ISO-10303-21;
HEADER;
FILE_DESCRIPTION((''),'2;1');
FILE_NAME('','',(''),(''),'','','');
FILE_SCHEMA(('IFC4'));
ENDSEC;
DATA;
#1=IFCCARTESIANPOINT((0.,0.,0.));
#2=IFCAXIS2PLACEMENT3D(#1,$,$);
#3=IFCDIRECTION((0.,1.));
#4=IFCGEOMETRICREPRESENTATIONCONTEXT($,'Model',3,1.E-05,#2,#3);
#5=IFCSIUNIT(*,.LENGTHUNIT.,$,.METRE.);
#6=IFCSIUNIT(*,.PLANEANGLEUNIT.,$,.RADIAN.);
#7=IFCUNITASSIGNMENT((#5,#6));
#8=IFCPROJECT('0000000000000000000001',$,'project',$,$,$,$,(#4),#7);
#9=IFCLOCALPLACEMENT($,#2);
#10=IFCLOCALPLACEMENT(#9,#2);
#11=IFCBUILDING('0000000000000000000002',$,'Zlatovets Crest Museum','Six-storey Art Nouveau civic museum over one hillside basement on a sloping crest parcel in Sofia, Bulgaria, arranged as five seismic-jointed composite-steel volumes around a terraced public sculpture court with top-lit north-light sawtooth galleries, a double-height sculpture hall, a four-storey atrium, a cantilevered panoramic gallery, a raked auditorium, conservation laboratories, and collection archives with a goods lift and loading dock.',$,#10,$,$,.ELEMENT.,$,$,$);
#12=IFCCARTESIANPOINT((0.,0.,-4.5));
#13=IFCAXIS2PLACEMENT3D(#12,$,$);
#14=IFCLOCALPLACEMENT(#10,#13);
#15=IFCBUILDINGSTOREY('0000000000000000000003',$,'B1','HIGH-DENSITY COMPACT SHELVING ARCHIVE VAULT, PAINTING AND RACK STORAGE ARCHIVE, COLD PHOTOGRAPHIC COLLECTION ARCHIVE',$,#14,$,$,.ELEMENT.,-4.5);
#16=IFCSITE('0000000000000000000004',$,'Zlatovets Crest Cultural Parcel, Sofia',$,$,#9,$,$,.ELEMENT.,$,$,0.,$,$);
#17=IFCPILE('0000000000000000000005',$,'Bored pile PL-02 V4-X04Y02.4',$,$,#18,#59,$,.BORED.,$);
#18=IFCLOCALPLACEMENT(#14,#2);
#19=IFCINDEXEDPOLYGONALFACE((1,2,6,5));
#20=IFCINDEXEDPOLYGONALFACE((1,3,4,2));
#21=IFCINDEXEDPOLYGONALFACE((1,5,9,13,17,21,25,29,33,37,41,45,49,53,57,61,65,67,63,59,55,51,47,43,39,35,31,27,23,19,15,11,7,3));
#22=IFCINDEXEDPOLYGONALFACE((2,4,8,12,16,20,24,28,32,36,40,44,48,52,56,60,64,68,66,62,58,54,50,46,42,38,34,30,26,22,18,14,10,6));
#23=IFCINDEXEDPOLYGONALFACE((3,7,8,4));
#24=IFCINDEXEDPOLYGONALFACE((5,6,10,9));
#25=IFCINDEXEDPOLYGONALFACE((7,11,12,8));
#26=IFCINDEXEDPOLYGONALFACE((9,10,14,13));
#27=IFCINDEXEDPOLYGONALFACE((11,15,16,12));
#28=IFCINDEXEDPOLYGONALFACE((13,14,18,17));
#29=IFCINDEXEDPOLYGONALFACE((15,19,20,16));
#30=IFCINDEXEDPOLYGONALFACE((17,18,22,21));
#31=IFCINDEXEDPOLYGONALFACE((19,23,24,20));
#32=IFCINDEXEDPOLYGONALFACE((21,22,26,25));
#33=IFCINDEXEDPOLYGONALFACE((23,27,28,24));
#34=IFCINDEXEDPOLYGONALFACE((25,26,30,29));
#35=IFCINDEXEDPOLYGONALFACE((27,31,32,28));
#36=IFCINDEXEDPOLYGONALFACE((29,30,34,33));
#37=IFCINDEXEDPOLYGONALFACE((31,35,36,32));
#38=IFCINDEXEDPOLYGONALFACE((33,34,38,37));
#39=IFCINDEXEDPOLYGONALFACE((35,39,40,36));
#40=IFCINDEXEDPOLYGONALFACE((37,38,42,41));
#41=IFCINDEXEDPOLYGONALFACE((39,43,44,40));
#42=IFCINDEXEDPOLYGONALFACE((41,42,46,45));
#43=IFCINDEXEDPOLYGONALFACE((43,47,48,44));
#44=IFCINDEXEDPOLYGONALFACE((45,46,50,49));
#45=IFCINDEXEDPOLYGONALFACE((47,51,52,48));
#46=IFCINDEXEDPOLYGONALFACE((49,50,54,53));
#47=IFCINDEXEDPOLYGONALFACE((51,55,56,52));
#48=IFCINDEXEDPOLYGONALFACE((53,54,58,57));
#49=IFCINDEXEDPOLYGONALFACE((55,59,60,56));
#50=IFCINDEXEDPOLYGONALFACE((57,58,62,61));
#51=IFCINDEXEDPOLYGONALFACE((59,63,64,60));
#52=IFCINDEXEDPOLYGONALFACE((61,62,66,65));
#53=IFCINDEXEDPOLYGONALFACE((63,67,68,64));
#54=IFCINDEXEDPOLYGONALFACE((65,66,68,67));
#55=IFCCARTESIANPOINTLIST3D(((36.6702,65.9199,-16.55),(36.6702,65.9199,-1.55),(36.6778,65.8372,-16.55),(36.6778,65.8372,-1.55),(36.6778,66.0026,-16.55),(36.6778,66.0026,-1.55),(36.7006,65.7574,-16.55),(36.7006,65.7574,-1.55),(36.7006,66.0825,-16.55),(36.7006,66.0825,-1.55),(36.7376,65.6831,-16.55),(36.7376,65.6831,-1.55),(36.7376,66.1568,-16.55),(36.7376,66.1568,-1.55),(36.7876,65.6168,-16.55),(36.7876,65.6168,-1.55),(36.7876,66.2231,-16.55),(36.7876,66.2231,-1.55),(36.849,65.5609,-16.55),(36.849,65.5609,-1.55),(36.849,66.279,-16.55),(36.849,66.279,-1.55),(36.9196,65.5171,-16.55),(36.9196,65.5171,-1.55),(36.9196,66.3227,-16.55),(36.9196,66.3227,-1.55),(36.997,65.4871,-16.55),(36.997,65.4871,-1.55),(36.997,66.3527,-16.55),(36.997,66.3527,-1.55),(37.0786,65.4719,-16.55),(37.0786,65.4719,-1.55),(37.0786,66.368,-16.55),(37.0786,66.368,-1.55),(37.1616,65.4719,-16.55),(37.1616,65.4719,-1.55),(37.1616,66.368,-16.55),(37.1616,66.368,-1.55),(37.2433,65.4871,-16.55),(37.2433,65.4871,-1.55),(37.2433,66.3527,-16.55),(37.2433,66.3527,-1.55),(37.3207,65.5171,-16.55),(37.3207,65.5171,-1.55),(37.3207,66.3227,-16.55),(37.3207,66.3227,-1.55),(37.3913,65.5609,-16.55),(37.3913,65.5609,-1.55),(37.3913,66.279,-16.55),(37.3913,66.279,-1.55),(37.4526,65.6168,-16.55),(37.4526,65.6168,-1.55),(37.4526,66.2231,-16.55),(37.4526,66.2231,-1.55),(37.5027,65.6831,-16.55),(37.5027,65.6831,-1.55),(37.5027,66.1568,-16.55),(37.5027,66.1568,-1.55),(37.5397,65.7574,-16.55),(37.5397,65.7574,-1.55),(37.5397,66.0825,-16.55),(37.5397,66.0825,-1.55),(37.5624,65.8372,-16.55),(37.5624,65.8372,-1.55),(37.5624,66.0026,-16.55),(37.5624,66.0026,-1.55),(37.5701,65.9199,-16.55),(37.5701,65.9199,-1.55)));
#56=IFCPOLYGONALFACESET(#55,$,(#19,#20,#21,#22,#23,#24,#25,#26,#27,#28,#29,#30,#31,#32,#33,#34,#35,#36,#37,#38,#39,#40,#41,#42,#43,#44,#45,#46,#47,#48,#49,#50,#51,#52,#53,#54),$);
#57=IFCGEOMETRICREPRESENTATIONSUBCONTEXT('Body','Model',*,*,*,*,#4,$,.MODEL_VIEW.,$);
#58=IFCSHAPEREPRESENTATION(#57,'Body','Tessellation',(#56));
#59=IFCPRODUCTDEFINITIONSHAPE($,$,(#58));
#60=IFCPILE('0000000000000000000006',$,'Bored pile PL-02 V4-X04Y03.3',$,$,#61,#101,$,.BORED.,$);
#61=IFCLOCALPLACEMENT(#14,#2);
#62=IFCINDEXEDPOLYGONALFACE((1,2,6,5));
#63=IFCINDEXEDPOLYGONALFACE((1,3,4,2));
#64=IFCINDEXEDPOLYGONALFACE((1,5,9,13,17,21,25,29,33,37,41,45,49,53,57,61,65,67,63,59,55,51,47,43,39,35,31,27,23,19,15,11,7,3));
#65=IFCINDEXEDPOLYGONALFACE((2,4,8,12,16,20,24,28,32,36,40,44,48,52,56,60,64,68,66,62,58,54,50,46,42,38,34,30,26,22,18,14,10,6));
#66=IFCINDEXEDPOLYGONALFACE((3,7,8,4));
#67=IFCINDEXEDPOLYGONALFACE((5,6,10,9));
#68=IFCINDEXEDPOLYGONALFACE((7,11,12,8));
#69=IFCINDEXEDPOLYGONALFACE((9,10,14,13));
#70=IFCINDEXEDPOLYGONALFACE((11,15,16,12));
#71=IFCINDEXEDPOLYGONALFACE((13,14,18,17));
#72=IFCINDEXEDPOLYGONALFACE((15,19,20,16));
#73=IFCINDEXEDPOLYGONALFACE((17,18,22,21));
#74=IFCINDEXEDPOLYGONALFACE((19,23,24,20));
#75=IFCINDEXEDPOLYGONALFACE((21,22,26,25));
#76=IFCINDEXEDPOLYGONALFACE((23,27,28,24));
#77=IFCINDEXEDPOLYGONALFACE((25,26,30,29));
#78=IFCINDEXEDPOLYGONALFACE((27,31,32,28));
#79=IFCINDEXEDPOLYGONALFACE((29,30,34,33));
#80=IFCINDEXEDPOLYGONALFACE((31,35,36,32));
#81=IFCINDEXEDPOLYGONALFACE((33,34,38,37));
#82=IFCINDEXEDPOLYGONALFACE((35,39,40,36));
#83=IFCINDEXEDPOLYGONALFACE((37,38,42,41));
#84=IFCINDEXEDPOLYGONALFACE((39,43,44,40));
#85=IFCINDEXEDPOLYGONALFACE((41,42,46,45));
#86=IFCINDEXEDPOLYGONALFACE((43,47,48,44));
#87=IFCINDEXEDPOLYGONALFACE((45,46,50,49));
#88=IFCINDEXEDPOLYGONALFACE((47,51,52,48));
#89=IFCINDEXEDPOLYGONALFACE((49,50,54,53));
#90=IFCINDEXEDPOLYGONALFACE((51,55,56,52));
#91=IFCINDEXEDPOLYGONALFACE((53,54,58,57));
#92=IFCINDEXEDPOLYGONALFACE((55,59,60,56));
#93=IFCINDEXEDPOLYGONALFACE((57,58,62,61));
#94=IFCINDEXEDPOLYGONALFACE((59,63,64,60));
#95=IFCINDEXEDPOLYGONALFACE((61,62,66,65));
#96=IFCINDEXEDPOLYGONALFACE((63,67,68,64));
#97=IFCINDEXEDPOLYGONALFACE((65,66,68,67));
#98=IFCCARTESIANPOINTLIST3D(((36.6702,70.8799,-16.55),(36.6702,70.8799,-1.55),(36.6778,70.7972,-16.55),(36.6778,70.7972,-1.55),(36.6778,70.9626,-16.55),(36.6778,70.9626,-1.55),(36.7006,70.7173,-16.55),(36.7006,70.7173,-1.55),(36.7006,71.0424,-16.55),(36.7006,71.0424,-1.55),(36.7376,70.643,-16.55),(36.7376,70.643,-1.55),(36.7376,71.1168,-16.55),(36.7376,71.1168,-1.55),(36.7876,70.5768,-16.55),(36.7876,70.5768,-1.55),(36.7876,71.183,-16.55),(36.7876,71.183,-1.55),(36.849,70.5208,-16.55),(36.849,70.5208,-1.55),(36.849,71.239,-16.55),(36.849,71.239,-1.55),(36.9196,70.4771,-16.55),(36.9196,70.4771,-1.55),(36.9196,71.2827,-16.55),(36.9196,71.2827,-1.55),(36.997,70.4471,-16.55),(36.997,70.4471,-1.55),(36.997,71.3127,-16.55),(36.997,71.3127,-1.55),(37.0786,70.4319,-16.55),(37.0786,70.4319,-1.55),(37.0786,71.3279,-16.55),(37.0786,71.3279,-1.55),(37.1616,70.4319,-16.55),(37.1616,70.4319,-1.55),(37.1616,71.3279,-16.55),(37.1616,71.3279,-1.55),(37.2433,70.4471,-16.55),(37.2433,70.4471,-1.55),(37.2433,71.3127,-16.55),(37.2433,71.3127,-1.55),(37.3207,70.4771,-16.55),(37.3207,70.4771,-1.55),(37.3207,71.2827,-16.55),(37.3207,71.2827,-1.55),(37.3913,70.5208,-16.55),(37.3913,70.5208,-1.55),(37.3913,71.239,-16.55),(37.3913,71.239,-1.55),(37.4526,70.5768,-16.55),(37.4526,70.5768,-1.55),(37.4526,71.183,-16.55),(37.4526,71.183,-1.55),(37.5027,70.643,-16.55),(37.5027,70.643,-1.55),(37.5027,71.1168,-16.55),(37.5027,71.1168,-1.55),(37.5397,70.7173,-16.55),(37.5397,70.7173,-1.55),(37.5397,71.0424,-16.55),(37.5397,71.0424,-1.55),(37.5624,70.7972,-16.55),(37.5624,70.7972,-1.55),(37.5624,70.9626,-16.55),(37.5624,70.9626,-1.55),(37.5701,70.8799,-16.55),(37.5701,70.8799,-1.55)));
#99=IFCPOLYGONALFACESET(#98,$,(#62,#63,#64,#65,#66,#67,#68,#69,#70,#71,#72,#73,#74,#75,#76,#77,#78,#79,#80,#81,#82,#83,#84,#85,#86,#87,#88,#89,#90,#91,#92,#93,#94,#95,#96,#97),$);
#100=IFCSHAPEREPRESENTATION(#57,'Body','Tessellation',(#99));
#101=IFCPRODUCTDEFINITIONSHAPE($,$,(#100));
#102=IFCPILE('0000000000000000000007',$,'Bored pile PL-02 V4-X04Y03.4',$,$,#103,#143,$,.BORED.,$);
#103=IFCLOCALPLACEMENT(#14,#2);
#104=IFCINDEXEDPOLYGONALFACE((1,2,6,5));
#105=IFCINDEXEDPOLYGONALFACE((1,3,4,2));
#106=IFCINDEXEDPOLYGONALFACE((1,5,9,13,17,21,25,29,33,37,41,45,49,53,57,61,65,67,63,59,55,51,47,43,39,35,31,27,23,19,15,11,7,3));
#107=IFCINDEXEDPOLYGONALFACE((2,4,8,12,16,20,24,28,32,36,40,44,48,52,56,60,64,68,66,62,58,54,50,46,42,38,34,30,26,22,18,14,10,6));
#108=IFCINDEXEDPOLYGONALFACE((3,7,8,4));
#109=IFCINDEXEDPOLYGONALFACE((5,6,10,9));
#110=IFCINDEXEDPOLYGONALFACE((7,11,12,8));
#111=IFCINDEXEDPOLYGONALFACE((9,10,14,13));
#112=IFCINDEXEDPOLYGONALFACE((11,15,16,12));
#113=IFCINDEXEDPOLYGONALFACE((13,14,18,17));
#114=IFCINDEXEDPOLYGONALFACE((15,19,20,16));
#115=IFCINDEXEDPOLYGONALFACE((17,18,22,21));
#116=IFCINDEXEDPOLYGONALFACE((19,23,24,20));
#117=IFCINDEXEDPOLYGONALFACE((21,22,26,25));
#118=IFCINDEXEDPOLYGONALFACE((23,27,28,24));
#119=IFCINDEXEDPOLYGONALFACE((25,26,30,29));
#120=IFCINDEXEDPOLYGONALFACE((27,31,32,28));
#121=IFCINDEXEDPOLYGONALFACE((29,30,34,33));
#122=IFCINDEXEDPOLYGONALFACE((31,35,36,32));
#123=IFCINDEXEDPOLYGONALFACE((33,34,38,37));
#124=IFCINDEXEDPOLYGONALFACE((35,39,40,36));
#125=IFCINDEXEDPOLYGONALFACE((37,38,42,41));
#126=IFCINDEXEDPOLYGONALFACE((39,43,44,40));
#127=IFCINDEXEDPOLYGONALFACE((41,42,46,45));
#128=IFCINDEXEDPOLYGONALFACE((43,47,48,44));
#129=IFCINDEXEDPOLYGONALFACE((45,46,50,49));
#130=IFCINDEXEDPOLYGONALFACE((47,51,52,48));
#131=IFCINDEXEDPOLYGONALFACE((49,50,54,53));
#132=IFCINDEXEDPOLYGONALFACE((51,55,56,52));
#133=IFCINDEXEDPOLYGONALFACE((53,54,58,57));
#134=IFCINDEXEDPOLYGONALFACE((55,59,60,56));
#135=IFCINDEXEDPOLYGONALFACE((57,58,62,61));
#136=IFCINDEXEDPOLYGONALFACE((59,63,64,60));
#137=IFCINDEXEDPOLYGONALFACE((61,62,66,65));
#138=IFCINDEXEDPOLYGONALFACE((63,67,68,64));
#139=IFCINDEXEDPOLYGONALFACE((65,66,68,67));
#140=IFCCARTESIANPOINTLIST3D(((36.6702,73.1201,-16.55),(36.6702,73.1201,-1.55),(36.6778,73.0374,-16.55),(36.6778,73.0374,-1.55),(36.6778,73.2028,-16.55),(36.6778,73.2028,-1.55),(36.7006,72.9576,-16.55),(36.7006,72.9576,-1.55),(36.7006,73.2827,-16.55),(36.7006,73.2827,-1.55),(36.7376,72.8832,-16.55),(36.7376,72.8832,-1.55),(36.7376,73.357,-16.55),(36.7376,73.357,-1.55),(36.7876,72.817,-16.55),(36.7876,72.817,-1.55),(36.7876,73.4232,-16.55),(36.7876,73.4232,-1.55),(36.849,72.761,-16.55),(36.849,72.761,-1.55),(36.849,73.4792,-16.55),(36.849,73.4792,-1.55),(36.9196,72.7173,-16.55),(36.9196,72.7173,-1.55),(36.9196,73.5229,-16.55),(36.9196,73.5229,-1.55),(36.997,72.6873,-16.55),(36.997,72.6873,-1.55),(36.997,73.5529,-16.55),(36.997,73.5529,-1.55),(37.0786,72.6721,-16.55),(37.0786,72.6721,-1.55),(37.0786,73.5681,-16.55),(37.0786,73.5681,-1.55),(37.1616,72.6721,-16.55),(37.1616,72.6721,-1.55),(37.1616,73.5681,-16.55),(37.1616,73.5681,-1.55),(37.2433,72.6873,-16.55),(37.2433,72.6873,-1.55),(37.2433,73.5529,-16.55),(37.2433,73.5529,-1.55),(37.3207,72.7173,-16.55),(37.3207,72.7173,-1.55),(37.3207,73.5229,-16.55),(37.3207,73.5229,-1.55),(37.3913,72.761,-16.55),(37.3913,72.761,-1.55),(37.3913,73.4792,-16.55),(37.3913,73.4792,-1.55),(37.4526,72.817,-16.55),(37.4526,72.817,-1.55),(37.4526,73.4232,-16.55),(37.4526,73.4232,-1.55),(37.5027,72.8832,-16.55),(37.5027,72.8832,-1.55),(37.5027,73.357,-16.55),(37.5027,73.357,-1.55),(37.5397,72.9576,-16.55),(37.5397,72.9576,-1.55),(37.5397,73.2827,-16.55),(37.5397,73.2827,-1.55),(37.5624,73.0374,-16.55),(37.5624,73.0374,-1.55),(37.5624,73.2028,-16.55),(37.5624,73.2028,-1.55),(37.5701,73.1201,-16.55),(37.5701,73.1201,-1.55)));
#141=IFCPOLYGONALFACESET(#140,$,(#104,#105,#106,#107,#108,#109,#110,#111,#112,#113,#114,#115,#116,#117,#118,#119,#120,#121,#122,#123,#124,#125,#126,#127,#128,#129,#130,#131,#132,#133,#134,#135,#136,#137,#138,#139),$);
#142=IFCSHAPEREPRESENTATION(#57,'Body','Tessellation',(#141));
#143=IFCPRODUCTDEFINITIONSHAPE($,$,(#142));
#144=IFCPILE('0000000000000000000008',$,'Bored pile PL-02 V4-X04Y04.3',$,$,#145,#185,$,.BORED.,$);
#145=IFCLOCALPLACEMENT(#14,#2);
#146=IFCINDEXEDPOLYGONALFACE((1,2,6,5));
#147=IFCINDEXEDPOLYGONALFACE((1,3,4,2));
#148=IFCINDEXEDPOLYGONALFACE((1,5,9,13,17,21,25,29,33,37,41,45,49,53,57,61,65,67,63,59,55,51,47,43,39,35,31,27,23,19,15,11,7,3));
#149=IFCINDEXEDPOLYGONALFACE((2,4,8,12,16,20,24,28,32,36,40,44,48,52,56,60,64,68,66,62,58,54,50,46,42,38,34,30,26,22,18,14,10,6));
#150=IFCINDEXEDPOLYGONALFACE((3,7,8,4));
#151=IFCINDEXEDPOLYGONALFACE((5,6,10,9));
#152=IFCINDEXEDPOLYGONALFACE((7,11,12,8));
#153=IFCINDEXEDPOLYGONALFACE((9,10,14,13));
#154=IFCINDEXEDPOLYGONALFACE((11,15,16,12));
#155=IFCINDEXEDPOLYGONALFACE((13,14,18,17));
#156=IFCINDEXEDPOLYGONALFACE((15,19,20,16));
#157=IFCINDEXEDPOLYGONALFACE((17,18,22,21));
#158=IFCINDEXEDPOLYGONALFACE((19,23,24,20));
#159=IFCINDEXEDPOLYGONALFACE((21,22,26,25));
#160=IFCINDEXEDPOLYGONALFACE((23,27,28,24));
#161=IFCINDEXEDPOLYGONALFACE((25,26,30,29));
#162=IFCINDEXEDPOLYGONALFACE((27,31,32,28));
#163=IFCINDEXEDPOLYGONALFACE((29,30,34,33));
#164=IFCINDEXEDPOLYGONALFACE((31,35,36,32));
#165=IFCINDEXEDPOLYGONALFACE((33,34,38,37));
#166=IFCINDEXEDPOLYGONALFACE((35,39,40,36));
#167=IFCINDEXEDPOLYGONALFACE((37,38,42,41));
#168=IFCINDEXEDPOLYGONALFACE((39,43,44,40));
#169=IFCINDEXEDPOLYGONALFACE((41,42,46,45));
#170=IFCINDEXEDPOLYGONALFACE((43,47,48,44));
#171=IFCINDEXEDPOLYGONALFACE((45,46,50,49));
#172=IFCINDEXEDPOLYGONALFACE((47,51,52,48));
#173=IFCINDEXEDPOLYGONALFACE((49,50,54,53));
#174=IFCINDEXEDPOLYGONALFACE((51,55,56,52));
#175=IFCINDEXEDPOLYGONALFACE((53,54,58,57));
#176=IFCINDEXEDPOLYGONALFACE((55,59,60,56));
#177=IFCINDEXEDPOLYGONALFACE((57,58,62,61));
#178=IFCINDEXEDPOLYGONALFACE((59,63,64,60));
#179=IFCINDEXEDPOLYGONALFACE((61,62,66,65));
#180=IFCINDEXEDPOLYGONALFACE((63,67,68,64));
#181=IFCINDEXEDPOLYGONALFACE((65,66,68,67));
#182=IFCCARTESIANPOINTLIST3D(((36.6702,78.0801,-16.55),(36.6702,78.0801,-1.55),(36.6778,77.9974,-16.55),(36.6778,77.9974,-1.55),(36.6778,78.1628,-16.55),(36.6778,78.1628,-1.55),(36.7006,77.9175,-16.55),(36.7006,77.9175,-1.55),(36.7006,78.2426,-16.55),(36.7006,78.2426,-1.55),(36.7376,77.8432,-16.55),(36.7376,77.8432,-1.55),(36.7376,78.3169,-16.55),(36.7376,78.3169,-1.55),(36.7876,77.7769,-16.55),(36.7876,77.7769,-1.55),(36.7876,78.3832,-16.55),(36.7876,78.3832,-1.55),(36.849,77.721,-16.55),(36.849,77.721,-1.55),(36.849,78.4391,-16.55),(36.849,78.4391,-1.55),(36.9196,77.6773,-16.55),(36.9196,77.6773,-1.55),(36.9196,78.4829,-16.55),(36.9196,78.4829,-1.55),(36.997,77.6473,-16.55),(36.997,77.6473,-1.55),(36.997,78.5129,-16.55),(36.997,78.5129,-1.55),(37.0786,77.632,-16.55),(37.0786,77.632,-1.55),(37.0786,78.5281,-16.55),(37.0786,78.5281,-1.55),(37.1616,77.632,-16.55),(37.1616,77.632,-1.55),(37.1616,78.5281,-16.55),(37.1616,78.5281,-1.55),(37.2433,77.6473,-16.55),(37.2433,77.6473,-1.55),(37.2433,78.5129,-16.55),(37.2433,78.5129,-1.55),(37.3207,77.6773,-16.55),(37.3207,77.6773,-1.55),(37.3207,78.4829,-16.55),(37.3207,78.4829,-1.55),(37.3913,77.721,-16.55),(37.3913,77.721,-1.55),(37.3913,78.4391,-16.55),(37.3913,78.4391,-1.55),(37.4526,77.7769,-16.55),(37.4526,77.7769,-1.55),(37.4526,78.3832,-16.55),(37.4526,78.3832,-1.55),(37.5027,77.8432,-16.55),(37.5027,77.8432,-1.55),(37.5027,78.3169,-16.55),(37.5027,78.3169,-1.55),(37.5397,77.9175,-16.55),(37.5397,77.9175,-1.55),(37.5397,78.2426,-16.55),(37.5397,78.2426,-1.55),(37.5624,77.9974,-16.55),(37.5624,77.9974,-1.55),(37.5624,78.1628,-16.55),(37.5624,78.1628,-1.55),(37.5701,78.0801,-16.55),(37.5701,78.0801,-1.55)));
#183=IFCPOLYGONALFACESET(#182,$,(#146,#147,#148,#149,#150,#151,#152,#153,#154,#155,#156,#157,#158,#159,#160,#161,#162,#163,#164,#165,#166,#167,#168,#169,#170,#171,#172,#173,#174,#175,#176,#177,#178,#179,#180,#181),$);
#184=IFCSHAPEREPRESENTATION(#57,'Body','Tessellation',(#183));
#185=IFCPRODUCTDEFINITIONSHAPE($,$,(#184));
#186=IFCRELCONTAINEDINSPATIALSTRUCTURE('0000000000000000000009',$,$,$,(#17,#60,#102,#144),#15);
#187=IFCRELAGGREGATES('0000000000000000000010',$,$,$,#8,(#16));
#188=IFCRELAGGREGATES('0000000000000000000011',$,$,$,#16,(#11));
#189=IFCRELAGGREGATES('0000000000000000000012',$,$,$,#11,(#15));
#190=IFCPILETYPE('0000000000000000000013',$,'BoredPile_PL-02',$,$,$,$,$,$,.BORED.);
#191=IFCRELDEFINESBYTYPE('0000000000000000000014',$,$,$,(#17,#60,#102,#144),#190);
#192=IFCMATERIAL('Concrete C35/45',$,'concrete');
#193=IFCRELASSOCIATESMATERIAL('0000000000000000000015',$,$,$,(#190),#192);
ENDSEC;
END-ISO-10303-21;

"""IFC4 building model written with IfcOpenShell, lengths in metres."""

from ifc_helpers import new_model, si_unit, direction, frame, origin, origin_2d, place, context, subcontext, project, spatial, circle, extrude, material, material_profile, profile_set, type_object, element, save


model = new_model("IFC4")

# Units and contexts
model_context = context("Model", 3, precision=1e-05, world=origin(), true_north=direction((0.0, 1.0)))
body_context = subcontext(model_context, "Body", "Model", "MODEL_VIEW")
ifc_project = project(units=[si_unit("LENGTHUNIT", "METRE"), si_unit("PLANEANGLEUNIT", "RADIAN")], contexts=[model_context])

# Site, building, storey
site_placement = place(None, origin())
site = spatial("IfcSite", under=ifc_project, at=site_placement, Name="Zlatovets Crest Cultural Parcel, Sofia", CompositionType="ELEMENT", RefElevation=0.0)
building_placement = place(site_placement, origin())
building = spatial("IfcBuilding", under=site, at=building_placement, Name="Zlatovets Crest Museum", Description="Six-storey Art Nouveau civic museum over one hillside basement on a sloping crest parcel in Sofia, Bulgaria, arranged as five seismic-jointed composite-steel volumes around a terraced public sculpture court with top-lit north-light sawtooth galleries, a double-height sculpture hall, a four-storey atrium, a cantilevered panoramic gallery, a raked auditorium, conservation laboratories, and collection archives with a goods lift and loading dock.", CompositionType="ELEMENT")
storey_placement = place(building_placement, frame((0.0, 0.0, -4.5)))
storey = spatial("IfcBuildingStorey", under=building, at=storey_placement, Name="B1", Description="HIGH-DENSITY COMPACT SHELVING ARCHIVE VAULT, PAINTING AND RACK STORAGE ARCHIVE, COLD PHOTOGRAPHIC COLLECTION ARCHIVE", CompositionType="ELEMENT", Elevation=-4.5)

# Piles
ifc_material = material(Name="Concrete C35/45", Category="concrete")
ifc_material_profile_1 = material_profile(ifc_material, circle(Radius=0.45, at=origin_2d()), Name="PILE D900")
ifc_profile_set_1 = profile_set([ifc_material_profile_1], Name="Concrete C35/45")
pile_type_1 = type_object("IfcPileType", Name="BoredPile_PL-02", PredefinedType="BORED", material=ifc_profile_set_1)
for number, where, z_axis, x_axis, name in (
    (1, (37.1201, 65.9199, -1.55), (0.0, 0.0, -1.0), (1.0, 0.0, 0.0), "Bored pile PL-02 V4-X04Y02.4"),
    (2, (37.1201, 70.8799, -1.55), (0.0, 0.0, -1.0), (1.0, 0.0, 0.0), "Bored pile PL-02 V4-X04Y03.3"),
    (3, (37.1201, 73.1201, -1.55), (0.0, 0.0, -1.0), (1.0, 0.0, 0.0), "Bored pile PL-02 V4-X04Y03.4"),
    (4, (37.1201, 78.0801, -1.55), (0.0, 0.0, -1.0), (1.0, 0.0, 0.0), "Bored pile PL-02 V4-X04Y04.3"),
):
    element("IfcPile", number, at=place(storey_placement, frame(where, z_axis=z_axis, x_axis=x_axis)), inside=storey, type_object=pile_type_1, Name=name, PredefinedType="BORED", context=body_context, shape_type="SweptSolid", body=[
        extrude(circle(Radius=0.45, at=origin_2d()), origin(), (0.0, 0.0, 1.0), 15.0),
    ])

save(model, "model.ifc")
